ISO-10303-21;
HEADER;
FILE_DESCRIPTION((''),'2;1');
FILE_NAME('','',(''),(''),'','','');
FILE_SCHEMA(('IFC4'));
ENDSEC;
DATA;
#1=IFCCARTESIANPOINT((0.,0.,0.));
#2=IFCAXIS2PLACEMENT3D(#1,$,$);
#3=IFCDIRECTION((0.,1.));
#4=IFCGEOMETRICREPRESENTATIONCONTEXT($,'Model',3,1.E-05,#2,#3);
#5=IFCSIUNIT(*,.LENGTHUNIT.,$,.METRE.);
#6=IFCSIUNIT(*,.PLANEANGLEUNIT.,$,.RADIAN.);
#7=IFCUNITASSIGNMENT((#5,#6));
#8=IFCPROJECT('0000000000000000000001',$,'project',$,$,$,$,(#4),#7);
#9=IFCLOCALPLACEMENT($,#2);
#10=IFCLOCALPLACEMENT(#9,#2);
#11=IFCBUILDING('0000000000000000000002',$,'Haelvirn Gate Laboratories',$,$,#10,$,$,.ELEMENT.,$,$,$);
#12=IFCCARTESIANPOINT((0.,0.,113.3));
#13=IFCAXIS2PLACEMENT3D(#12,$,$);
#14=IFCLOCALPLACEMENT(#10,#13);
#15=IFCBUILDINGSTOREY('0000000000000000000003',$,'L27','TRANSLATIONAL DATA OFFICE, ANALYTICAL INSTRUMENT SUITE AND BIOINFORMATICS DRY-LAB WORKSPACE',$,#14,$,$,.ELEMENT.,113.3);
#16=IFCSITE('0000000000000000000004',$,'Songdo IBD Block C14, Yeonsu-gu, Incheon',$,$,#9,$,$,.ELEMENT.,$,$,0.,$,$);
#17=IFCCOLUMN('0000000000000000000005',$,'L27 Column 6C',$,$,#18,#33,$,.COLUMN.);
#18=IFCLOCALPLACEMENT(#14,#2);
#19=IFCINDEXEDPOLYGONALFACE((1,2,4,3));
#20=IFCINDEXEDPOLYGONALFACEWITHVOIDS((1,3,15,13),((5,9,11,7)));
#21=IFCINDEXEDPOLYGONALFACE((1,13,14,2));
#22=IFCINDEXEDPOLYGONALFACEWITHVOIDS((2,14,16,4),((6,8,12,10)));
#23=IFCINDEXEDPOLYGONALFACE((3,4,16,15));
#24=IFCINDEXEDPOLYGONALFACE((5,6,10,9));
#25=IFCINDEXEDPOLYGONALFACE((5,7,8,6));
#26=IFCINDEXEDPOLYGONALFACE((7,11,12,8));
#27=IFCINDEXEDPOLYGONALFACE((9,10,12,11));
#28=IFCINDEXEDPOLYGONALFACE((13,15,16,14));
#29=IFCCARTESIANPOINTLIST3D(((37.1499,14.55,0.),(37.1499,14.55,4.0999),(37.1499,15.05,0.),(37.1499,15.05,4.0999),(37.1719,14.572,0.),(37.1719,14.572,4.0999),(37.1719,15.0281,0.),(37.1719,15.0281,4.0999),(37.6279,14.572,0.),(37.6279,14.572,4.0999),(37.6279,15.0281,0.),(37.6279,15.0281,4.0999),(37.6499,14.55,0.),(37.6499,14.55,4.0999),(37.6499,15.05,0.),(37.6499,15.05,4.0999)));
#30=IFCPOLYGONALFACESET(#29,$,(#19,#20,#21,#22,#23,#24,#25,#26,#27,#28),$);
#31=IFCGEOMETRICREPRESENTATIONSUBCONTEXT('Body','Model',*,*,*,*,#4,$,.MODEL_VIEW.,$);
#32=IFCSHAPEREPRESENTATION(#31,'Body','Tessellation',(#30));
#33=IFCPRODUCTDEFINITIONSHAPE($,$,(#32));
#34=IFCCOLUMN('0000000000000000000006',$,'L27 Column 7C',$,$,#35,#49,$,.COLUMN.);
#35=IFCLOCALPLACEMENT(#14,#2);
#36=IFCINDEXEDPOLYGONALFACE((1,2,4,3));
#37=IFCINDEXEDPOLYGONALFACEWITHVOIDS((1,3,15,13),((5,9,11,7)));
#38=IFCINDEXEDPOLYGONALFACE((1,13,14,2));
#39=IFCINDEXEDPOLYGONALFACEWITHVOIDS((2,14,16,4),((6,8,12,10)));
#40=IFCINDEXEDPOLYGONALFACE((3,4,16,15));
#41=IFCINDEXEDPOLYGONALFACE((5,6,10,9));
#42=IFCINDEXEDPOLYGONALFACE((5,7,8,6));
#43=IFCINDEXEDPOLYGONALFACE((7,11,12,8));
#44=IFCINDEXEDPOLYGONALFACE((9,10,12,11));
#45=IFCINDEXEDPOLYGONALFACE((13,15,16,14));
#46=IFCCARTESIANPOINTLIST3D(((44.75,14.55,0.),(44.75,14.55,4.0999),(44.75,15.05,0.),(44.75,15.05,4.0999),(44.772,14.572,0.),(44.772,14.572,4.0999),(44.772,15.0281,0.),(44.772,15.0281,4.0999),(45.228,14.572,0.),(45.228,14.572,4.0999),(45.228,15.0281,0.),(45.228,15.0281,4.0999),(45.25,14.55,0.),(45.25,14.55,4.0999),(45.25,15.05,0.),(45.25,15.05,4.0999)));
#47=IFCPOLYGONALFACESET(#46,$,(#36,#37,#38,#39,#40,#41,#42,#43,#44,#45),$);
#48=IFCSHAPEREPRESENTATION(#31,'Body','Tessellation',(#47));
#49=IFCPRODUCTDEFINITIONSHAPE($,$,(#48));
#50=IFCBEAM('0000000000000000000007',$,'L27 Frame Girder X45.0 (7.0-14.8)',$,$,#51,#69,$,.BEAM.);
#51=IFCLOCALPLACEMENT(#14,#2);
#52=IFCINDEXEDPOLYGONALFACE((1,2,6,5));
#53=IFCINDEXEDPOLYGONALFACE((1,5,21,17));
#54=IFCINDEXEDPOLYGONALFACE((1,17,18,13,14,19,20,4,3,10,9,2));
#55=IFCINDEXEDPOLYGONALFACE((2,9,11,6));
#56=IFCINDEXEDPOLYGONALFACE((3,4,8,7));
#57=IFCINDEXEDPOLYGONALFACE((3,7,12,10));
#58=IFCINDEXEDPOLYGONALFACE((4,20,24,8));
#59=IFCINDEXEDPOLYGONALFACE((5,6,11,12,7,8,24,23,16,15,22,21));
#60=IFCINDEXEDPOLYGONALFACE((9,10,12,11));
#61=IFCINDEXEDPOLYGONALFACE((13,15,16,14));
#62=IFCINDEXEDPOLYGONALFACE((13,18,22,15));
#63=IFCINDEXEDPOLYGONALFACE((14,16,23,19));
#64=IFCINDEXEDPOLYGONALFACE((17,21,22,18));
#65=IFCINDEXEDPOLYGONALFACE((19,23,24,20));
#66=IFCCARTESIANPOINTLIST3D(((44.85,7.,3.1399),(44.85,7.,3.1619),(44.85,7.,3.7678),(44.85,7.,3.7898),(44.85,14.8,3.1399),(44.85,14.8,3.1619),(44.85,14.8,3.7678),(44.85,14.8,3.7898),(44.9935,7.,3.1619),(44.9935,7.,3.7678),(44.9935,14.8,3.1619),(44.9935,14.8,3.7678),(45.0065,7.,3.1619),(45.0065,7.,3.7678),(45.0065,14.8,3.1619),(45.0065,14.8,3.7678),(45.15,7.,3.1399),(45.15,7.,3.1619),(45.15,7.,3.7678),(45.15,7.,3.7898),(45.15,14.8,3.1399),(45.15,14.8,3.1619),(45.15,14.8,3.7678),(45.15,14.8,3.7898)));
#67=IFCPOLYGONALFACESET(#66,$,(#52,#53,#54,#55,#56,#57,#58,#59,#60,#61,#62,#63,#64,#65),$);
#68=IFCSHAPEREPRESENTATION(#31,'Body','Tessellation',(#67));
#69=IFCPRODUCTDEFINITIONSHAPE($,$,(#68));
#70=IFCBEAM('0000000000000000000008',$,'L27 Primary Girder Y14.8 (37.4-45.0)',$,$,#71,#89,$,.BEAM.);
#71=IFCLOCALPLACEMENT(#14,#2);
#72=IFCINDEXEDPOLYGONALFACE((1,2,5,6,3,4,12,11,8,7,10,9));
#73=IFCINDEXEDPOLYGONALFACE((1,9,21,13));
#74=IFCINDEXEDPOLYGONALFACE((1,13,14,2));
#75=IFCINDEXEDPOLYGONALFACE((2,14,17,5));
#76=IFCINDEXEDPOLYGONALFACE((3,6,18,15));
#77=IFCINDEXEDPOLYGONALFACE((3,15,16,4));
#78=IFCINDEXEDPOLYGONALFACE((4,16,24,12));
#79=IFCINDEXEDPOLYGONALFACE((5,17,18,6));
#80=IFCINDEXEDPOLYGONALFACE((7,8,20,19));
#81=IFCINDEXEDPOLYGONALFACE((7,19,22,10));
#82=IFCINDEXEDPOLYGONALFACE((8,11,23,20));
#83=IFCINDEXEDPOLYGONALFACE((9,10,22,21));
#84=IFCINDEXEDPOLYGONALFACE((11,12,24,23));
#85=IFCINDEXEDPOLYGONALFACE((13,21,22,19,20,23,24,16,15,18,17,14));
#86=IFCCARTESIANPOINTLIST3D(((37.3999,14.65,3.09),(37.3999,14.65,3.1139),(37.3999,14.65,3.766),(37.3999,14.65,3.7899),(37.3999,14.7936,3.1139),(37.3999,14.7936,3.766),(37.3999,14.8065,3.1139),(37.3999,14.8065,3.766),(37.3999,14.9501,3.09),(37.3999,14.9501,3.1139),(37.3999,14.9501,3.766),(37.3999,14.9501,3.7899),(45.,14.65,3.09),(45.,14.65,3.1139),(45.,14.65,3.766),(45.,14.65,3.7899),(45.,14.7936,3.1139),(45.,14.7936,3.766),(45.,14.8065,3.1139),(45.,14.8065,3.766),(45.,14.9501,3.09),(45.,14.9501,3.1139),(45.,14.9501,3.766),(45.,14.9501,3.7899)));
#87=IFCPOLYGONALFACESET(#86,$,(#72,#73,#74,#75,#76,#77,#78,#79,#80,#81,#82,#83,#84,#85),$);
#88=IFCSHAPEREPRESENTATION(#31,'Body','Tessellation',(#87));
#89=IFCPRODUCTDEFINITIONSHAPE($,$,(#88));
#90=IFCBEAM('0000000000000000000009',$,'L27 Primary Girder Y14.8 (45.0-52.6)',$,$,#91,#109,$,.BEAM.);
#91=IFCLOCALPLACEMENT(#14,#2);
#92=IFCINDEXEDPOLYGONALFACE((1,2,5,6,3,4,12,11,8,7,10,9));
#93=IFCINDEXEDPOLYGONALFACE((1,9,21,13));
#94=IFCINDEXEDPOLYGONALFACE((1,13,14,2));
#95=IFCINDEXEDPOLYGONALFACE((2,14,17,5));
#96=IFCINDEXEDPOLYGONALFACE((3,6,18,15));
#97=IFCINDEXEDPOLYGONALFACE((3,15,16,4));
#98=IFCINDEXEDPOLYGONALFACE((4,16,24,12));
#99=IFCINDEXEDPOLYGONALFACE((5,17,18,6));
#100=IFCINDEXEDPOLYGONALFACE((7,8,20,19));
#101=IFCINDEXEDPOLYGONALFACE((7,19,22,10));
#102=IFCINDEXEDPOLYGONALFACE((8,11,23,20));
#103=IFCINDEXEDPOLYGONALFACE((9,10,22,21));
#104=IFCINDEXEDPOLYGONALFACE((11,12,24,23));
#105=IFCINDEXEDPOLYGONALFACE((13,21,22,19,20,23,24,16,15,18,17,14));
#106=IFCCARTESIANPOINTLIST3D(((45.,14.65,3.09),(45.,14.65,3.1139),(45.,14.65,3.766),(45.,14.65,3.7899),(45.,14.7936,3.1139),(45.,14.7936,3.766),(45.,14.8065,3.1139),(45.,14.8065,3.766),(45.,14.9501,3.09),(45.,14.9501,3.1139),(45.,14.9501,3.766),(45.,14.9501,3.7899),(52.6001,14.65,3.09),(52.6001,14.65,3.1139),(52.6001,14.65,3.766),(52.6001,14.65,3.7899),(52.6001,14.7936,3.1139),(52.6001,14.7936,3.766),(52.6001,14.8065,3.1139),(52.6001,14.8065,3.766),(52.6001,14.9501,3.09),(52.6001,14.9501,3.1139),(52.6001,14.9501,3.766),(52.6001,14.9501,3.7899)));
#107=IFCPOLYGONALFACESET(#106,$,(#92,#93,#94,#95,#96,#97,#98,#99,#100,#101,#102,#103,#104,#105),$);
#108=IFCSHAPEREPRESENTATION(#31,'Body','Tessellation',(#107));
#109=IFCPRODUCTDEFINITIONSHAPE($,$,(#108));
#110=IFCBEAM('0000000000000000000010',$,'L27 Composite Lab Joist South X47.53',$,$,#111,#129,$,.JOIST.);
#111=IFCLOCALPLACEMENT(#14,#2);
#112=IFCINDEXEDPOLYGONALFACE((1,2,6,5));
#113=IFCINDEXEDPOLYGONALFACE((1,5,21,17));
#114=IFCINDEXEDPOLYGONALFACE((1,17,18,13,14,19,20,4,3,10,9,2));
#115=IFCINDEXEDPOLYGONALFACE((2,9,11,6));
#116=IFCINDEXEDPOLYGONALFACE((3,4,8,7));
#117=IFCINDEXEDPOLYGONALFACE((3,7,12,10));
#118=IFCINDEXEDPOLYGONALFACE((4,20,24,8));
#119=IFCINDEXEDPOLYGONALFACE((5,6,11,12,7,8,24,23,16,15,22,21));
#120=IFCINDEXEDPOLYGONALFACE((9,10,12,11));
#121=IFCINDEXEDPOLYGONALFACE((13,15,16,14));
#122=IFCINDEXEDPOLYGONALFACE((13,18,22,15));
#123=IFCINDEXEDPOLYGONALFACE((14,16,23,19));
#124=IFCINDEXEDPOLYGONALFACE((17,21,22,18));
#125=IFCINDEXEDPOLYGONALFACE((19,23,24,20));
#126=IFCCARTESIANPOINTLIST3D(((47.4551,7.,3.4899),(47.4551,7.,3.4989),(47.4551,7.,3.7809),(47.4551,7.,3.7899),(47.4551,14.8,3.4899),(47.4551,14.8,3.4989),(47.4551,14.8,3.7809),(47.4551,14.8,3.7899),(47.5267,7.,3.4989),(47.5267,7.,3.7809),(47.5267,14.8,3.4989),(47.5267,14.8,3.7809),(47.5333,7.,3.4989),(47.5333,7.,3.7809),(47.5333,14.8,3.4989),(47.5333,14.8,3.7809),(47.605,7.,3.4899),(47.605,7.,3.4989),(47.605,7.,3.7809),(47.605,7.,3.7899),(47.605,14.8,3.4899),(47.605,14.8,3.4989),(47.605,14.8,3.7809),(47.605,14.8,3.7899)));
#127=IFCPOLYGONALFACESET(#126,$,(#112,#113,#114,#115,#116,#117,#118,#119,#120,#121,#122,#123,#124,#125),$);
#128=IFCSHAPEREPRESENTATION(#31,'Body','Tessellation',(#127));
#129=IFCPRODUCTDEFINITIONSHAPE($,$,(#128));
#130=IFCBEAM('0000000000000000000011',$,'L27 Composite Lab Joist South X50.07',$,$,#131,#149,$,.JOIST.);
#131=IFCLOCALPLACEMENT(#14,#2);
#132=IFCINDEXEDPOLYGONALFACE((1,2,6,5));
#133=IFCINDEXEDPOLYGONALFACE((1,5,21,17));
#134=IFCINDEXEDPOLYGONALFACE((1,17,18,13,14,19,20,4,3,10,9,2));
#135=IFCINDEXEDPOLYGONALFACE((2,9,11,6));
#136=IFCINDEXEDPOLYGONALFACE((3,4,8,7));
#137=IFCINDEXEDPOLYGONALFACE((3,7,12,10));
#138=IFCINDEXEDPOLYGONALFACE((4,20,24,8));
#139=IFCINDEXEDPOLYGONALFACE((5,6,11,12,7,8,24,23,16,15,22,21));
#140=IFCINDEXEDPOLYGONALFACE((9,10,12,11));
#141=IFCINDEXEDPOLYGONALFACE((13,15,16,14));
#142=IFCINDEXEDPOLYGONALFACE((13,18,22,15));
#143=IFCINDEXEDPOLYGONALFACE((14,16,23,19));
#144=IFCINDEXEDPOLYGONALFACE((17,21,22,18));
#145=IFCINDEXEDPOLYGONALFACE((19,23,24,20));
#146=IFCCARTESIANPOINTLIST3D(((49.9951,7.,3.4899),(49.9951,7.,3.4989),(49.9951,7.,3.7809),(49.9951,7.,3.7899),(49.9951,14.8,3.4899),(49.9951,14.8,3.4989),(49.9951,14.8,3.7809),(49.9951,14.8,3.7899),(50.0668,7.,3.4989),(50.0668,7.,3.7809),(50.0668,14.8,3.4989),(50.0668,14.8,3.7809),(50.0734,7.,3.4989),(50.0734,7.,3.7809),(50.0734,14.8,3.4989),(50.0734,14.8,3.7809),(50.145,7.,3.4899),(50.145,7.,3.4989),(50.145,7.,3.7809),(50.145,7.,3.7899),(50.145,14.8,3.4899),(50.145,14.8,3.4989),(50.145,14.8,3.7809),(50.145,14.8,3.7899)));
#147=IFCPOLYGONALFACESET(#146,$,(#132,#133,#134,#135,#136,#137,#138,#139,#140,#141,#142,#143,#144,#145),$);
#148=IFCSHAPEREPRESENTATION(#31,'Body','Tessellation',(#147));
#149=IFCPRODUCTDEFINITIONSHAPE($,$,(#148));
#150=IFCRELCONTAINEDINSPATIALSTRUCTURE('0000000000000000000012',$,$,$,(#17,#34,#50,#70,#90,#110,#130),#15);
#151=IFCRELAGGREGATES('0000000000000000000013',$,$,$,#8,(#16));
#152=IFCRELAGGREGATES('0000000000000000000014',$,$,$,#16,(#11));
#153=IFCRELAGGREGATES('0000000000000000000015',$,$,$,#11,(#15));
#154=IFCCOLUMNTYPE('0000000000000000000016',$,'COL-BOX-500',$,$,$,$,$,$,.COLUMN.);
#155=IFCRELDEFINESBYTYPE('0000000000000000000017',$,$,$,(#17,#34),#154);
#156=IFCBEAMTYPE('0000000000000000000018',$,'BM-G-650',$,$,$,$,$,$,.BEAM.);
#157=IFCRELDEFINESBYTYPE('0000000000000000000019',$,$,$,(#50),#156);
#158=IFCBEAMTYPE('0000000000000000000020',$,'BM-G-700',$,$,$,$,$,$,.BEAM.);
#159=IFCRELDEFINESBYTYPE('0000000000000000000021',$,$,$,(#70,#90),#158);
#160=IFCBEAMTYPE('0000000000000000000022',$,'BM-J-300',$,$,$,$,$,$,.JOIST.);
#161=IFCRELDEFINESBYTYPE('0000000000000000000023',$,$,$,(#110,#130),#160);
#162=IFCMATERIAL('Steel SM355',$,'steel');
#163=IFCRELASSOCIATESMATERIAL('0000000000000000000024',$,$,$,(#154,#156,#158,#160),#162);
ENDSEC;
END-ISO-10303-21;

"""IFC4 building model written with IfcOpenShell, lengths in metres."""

from ifc_helpers import new_model, si_unit, direction, frame, origin, origin_2d, place, context, subcontext, project, spatial, hollow_rectangle, i_section, extrude, source, transform, mapped, material, material_profile, profile_set, type_object, type_shapes, element, save


model = new_model("IFC4")

# Units and contexts
model_context = context("Model", 3, precision=1e-05, world=origin(), true_north=direction((0.0, 1.0)))
body_context = subcontext(model_context, "Body", "Model", "MODEL_VIEW")
ifc_project = project(units=[si_unit("LENGTHUNIT", "METRE"), si_unit("PLANEANGLEUNIT", "RADIAN")], contexts=[model_context])

# Site, building, storey
site_placement = place(None, origin())
site = spatial("IfcSite", under=ifc_project, at=site_placement, Name="Songdo IBD Block C14, Yeonsu-gu, Incheon", CompositionType="ELEMENT", RefElevation=0.0)
building_placement = place(site_placement, origin())
building = spatial("IfcBuilding", under=site, at=building_placement, Name="Haelvirn Gate Laboratories", CompositionType="ELEMENT")
storey_placement = place(building_placement, frame((0.0, 0.0, 113.3)))
storey = spatial("IfcBuildingStorey", under=building, at=storey_placement, Name="L27", Description="TRANSLATIONAL DATA OFFICE, ANALYTICAL INSTRUMENT SUITE AND BIOINFORMATICS DRY-LAB WORKSPACE", CompositionType="ELEMENT", Elevation=113.3)

# Columns
ifc_material_1 = material(Name="Steel SM355", Category="steel")
ifc_material_profile_1 = material_profile(ifc_material_1, hollow_rectangle(XDim=0.5, YDim=0.5, WallThickness=0.022, at=origin_2d()), Name="BOX-500x500x22")
ifc_profile_set_1 = profile_set([ifc_material_profile_1], Name="Steel SM355")
column_type = type_object("IfcColumnType", Name="COL-BOX-500", PredefinedType="COLUMN", material=ifc_profile_set_1)
shared_shape_1 = source(origin(), body_context, "Body", "SweptSolid", [
    extrude(hollow_rectangle(XDim=0.5, YDim=0.5, WallThickness=0.022, at=origin_2d()), origin(), (0.0, 0.0, 1.0), 4.0999),
])
type_shapes(column_type, [shared_shape_1])
for number, where, z_axis, x_axis, name in (
    (1, (37.3999, 14.8, 0.0), (0.0, 0.0, 1.0), (1.0, 0.0, 0.0), "L27 Column 6C"),
    (2, (45.0, 14.8, 0.0), (0.0, 0.0, 1.0), (1.0, 0.0, 0.0), "L27 Column 7C"),
):
    element("IfcColumn", number, at=place(storey_placement, frame(where, z_axis=z_axis, x_axis=x_axis)), inside=storey, type_object=column_type, Name=name, PredefinedType="COLUMN", context=body_context, shape_type="MappedRepresentation", body=[
        mapped(shared_shape_1, transform((0.0, 0.0, 0.0), scale=1.0)),
    ])

# Beams
ifc_material_profile_2 = material_profile(ifc_material_1, i_section(OverallWidth=0.3, OverallDepth=0.6499, WebThickness=0.0129, FlangeThickness=0.022, at=origin_2d()), Name="H-650x300x13x22")
ifc_profile_set_2 = profile_set([ifc_material_profile_2], Name="Steel SM355")
beam_type_1 = type_object("IfcBeamType", Name="BM-G-650", PredefinedType="BEAM", material=ifc_profile_set_2)
shared_shape_2 = source(origin(), body_context, "Body", "SweptSolid", [
    extrude(i_section(OverallWidth=0.3, OverallDepth=0.6499, WebThickness=0.0129, FlangeThickness=0.022, at=origin_2d()), origin(), (0.0, 0.0, 1.0), 7.8),
])
type_shapes(beam_type_1, [shared_shape_2])
beam_placement = place(storey_placement, frame((45.0, 7.0, 3.4648), z_axis=(0.0, 1.0, 0.0), x_axis=(-1.0, 0.0, 0.0)))
element("IfcBeam", 3, at=beam_placement, inside=storey, type_object=beam_type_1, Name="L27 Frame Girder X45.0 (7.0-14.8)", PredefinedType="BEAM", context=body_context, shape_type="MappedRepresentation", body=[
    mapped(shared_shape_2, transform((0.0, 0.0, 0.0), scale=1.0)),
])
ifc_material_profile_3 = material_profile(ifc_material_1, i_section(OverallWidth=0.3, OverallDepth=0.7, WebThickness=0.0129, FlangeThickness=0.0239, at=origin_2d()), Name="H-700x300x13x24")
ifc_profile_set_3 = profile_set([ifc_material_profile_3], Name="Steel SM355")
beam_type_2 = type_object("IfcBeamType", Name="BM-G-700", PredefinedType="BEAM", material=ifc_profile_set_3)
shared_shape_3 = source(origin(), body_context, "Body", "SweptSolid", [
    extrude(i_section(OverallWidth=0.3, OverallDepth=0.7, WebThickness=0.0129, FlangeThickness=0.0239, at=origin_2d()), origin(), (0.0, 0.0, 1.0), 7.6001),
])
type_shapes(beam_type_2, [shared_shape_3])
for number, where, z_axis, x_axis, name in (
    (4, (37.3999, 14.8, 3.4399), (1.0, 0.0, 0.0), (0.0, 1.0, 0.0), "L27 Primary Girder Y14.8 (37.4-45.0)"),
    (5, (45.0, 14.8, 3.4399), (1.0, 0.0, 0.0), (0.0, 1.0, 0.0), "L27 Primary Girder Y14.8 (45.0-52.6)"),
):
    element("IfcBeam", number, at=place(storey_placement, frame(where, z_axis=z_axis, x_axis=x_axis)), inside=storey, type_object=beam_type_2, Name=name, PredefinedType="BEAM", context=body_context, shape_type="MappedRepresentation", body=[
        mapped(shared_shape_3, transform((0.0, 0.0, 0.0), scale=1.0)),
    ])
ifc_material_profile_4 = material_profile(ifc_material_1, i_section(OverallWidth=0.1499, OverallDepth=0.3, WebThickness=0.0066, FlangeThickness=0.009, at=origin_2d()), Name="H-300x150x6.5x9")
ifc_profile_set_4 = profile_set([ifc_material_profile_4], Name="Steel SM355")
beam_type_3 = type_object("IfcBeamType", Name="BM-J-300", PredefinedType="JOIST", material=ifc_profile_set_4)
shared_shape_4 = source(origin(), body_context, "Body", "SweptSolid", [
    extrude(i_section(OverallWidth=0.1499, OverallDepth=0.3, WebThickness=0.0066, FlangeThickness=0.009, at=origin_2d()), origin(), (0.0, 0.0, 1.0), 7.8),
])
type_shapes(beam_type_3, [shared_shape_4])
for number, where, z_axis, x_axis, name in (
    (6, (47.53, 7.0, 3.6399), (0.0, 1.0, 0.0), (-1.0, 0.0, 0.0), "L27 Composite Lab Joist South X47.53"),
    (7, (50.0701, 7.0, 3.6399), (0.0, 1.0, 0.0), (-1.0, 0.0, 0.0), "L27 Composite Lab Joist South X50.07"),
):
    element("IfcBeam", number, at=place(storey_placement, frame(where, z_axis=z_axis, x_axis=x_axis)), inside=storey, type_object=beam_type_3, Name=name, PredefinedType="JOIST", context=body_context, shape_type="MappedRepresentation", body=[
        mapped(shared_shape_4, transform((0.0, 0.0, 0.0), scale=1.0)),
    ])

save(model, "model.ifc")
